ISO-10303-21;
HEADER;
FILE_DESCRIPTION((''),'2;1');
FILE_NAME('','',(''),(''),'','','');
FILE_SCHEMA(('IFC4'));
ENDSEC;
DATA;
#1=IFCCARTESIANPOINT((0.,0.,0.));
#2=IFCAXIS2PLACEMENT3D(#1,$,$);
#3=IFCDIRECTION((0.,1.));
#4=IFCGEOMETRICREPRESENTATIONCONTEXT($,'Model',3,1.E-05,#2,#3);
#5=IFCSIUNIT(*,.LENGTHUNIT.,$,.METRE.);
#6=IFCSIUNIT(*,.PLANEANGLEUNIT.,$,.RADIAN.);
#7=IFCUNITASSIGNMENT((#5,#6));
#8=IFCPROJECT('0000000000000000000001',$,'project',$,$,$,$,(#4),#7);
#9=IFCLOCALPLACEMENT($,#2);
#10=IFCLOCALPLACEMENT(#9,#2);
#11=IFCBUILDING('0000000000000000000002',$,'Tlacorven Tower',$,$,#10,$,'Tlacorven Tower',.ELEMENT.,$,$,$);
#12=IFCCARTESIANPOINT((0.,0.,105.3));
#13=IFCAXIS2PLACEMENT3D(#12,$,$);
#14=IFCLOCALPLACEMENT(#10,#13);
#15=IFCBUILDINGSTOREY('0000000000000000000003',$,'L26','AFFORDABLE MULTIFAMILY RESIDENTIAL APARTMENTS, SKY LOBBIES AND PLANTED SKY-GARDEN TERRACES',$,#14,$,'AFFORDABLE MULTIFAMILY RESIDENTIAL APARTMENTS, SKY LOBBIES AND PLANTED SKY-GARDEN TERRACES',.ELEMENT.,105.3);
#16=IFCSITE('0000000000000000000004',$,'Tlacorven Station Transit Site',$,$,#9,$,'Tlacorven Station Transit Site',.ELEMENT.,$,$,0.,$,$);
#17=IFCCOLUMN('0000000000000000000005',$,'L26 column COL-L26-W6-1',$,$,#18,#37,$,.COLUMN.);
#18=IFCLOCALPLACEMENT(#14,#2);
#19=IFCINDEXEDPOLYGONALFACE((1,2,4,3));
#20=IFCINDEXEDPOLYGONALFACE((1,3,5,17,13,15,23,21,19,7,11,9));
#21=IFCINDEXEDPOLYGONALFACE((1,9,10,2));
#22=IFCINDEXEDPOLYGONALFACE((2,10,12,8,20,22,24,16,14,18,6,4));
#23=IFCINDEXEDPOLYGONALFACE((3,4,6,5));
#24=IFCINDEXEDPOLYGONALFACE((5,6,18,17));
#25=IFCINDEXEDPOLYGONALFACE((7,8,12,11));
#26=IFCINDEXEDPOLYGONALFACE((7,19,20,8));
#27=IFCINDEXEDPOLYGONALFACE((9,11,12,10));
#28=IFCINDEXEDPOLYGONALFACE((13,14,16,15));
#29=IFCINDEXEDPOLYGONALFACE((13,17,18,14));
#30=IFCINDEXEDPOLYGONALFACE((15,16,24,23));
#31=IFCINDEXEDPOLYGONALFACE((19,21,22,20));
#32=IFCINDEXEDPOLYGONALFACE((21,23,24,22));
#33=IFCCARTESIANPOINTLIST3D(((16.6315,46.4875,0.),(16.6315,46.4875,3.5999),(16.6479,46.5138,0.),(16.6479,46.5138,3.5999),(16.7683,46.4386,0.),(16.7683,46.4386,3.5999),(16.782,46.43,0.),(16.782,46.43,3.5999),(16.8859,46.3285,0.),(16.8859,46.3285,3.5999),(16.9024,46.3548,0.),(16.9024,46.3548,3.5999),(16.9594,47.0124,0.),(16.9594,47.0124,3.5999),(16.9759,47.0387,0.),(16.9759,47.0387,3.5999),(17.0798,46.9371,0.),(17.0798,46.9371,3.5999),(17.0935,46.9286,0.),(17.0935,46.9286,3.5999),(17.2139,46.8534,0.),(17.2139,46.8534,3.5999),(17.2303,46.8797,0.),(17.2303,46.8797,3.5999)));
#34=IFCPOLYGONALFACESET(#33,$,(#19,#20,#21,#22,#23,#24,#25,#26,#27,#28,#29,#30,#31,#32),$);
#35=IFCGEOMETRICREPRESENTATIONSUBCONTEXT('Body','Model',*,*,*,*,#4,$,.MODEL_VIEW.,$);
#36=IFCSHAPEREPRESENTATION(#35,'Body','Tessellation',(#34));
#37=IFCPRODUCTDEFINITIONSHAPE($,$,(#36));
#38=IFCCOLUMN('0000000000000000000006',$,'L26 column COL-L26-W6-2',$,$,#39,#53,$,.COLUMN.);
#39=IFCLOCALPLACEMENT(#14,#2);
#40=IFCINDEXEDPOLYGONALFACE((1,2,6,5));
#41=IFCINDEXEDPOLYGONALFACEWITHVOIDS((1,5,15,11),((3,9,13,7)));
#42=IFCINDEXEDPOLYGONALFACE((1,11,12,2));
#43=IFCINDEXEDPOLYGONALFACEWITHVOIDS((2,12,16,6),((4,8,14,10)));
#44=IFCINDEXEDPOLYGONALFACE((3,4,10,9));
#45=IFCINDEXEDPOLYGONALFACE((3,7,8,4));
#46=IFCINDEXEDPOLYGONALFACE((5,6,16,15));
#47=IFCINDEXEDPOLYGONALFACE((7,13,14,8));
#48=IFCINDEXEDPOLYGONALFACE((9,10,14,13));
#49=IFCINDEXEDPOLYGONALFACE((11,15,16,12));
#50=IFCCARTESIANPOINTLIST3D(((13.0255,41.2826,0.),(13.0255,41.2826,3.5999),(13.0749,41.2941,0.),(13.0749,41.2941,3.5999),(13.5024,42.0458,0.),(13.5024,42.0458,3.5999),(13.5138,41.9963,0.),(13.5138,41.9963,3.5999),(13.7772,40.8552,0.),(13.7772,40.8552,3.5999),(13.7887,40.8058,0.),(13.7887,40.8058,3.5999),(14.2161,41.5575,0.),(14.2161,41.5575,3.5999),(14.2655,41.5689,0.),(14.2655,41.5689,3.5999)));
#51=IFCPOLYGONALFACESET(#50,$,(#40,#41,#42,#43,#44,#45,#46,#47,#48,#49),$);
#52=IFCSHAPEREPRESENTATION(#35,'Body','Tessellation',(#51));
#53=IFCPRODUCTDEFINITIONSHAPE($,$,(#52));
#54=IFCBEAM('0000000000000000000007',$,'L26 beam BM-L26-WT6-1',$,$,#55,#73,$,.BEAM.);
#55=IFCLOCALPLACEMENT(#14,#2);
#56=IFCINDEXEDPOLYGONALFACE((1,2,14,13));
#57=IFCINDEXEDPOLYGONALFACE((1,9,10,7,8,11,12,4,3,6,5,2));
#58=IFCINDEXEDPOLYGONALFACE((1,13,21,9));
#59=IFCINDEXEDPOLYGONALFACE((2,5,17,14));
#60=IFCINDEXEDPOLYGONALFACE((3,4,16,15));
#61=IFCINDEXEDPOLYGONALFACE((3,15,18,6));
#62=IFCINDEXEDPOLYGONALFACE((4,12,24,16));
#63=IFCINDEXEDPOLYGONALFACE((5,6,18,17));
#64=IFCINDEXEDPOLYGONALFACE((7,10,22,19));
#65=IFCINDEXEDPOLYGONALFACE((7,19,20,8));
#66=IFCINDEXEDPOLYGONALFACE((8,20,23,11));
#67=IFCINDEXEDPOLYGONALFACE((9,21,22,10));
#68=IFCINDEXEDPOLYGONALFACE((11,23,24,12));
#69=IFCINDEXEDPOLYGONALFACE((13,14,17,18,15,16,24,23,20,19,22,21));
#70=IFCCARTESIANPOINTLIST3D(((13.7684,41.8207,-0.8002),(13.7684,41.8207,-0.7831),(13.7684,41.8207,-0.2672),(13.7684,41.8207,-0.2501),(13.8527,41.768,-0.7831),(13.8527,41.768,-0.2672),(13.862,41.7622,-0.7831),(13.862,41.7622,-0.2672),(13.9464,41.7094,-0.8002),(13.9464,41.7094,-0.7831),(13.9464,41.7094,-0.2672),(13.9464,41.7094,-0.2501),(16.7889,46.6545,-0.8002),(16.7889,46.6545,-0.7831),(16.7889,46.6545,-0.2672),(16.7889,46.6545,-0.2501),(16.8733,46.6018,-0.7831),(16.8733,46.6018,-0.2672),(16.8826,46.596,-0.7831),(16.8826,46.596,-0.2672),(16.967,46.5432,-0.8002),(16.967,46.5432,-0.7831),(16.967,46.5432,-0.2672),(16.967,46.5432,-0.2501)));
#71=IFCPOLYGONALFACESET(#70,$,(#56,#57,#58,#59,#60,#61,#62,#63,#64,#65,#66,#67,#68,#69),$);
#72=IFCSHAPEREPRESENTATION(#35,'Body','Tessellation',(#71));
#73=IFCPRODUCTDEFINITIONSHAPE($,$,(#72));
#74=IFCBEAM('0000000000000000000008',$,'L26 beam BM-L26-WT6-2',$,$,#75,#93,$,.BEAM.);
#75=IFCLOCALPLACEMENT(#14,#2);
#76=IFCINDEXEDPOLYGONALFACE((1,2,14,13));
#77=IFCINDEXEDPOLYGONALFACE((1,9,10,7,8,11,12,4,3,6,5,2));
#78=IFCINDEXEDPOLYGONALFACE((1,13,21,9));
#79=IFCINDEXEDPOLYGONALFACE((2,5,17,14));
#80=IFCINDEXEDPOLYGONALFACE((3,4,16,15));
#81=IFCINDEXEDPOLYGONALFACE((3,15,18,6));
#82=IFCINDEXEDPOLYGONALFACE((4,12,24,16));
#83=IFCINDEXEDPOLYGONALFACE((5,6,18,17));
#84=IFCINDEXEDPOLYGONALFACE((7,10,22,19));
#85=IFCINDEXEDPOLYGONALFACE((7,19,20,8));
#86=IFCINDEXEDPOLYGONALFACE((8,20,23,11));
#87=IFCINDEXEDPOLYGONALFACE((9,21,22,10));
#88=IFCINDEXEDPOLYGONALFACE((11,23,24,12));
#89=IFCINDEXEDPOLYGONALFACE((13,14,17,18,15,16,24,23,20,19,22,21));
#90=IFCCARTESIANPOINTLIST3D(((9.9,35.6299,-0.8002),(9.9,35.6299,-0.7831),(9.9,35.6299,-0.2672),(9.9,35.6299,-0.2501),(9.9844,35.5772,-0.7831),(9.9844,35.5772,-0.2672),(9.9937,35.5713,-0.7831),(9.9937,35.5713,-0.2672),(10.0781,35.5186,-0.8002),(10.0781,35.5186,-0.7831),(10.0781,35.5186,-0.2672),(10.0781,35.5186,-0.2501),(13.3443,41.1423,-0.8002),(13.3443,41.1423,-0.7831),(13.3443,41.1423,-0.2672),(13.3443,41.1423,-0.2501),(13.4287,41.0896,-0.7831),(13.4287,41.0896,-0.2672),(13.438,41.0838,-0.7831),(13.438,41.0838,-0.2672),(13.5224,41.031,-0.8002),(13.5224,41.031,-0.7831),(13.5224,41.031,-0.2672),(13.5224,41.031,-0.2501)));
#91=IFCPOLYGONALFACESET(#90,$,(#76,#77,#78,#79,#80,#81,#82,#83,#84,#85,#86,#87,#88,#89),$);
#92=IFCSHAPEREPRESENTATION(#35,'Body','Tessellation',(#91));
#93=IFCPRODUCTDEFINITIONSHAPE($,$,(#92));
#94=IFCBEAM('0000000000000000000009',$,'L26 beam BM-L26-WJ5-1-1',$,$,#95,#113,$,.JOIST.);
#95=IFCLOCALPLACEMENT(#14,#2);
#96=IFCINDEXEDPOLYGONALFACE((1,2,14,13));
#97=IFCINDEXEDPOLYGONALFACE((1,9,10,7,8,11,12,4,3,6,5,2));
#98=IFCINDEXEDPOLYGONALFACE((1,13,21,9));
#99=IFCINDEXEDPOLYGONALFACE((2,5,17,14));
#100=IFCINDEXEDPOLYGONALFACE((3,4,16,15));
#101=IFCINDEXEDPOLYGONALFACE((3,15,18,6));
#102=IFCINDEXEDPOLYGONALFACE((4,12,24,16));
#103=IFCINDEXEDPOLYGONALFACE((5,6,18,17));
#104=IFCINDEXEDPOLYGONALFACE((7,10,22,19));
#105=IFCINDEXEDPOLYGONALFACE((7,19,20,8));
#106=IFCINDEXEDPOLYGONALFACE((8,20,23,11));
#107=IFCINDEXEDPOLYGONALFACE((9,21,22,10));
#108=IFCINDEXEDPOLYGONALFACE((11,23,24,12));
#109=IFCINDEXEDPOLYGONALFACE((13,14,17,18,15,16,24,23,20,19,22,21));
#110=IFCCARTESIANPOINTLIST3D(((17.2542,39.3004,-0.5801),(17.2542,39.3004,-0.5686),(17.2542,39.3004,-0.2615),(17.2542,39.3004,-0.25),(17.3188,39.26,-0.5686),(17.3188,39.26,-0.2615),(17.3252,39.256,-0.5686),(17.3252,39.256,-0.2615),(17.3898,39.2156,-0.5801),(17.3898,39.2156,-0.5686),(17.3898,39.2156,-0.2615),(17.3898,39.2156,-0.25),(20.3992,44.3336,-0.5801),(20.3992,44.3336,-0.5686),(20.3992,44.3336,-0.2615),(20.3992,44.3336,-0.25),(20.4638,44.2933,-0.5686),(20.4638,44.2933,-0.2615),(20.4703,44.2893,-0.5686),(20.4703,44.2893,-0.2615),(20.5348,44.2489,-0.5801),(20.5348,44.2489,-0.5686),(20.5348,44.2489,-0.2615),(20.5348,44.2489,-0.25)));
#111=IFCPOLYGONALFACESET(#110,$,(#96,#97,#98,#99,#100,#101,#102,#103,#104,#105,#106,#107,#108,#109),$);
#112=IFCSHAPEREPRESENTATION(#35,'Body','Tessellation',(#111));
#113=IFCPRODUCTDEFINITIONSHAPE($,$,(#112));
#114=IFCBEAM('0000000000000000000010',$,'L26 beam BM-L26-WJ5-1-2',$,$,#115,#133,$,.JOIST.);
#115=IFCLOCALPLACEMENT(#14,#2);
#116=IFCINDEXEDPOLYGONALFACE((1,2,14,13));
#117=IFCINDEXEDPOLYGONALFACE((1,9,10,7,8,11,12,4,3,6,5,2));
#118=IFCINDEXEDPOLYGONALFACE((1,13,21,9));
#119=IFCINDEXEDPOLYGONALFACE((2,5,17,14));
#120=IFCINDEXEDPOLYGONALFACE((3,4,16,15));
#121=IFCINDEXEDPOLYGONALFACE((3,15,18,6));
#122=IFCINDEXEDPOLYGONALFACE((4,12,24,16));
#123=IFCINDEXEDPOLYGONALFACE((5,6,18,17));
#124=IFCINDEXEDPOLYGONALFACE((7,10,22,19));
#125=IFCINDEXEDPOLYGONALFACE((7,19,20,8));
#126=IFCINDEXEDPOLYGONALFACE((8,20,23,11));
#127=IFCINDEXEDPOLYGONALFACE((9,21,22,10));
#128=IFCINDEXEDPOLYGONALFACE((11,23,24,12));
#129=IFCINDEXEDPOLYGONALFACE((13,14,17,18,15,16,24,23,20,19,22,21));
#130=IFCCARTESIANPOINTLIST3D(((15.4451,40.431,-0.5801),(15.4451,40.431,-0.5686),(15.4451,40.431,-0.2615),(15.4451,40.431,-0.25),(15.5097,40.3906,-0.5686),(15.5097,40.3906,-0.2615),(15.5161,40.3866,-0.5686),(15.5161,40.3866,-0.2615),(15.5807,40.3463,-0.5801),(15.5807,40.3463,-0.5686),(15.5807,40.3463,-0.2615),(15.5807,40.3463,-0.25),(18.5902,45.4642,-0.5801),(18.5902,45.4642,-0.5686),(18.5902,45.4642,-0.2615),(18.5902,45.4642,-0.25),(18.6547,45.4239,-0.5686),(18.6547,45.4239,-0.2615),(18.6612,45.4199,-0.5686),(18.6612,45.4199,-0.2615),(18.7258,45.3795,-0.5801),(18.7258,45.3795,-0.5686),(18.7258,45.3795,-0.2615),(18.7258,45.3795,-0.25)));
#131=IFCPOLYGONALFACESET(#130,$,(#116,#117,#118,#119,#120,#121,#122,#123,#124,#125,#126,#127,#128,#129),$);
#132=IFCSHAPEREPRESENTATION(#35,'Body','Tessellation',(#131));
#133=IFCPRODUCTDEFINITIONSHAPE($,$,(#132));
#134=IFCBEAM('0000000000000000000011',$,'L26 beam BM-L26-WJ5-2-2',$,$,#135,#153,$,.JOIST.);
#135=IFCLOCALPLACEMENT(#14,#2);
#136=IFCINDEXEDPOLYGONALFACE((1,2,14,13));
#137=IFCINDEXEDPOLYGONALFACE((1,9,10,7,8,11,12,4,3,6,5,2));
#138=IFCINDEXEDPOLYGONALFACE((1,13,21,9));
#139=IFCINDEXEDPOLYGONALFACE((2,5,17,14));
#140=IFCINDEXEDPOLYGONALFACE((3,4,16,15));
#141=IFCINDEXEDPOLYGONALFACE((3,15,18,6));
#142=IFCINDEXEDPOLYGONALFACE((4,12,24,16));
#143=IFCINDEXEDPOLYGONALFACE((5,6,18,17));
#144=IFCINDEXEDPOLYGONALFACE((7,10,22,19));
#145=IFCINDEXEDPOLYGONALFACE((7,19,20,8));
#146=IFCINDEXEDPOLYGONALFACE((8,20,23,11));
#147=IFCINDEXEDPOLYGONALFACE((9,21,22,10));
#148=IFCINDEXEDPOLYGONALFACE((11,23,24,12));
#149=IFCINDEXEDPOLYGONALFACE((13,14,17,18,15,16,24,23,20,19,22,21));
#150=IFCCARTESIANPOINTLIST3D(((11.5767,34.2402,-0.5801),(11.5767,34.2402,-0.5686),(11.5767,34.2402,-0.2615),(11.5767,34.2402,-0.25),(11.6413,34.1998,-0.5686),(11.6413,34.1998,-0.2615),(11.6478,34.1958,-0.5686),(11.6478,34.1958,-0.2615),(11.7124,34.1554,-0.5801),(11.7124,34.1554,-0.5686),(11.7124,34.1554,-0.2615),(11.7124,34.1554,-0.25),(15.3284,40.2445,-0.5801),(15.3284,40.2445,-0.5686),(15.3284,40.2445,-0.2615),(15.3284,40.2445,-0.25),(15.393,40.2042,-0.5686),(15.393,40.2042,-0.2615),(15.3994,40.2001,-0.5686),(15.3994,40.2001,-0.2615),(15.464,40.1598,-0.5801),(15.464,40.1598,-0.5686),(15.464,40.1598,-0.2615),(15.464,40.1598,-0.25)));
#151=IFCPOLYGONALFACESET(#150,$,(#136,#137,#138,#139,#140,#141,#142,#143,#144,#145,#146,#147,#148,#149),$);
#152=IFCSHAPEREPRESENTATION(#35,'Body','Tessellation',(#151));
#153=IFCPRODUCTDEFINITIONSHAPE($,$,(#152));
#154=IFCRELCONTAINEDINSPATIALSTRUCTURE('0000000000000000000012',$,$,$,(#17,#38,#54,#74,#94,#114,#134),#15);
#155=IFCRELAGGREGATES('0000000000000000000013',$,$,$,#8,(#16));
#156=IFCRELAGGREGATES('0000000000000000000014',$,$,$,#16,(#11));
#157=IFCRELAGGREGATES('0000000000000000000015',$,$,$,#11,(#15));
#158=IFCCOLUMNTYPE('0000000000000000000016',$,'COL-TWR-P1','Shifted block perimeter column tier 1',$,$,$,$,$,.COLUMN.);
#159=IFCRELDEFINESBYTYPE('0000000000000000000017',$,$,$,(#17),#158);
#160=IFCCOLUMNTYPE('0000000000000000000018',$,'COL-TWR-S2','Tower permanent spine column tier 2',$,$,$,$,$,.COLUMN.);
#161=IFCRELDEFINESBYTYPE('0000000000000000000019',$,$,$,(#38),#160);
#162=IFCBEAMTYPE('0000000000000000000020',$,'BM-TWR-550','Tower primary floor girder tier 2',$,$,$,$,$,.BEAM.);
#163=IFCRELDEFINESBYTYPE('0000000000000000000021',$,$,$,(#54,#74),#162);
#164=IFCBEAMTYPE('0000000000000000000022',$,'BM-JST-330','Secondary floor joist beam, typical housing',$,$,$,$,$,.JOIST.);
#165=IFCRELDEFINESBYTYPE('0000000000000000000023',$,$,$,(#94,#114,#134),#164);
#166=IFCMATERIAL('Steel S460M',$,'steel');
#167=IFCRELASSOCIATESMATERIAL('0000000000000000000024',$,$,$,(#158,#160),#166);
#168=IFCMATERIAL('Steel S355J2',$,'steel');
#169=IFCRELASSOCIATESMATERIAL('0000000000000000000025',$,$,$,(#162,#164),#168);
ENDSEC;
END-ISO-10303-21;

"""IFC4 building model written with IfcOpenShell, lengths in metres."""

from ifc_helpers import new_model, si_unit, direction, frame, origin, origin_2d, place, context, subcontext, project, spatial, hollow_rectangle, i_section, extrude, source, transform, mapped, material, material_profile, profile_set, type_object, element, save


model = new_model("IFC4")

# Units and contexts
model_context = context("Model", 3, precision=1e-05, world=origin(), true_north=direction((0.0, 1.0)))
body_context = subcontext(model_context, "Body", "Model", "MODEL_VIEW")
ifc_project = project(units=[si_unit("LENGTHUNIT", "METRE"), si_unit("PLANEANGLEUNIT", "RADIAN")], contexts=[model_context])

# Site, building, storey
site_placement = place(None, origin())
site = spatial("IfcSite", under=ifc_project, at=site_placement, Name="Tlacorven Station Transit Site", LongName="Tlacorven Station Transit Site", CompositionType="ELEMENT", RefElevation=0.0)
building_placement = place(site_placement, origin())
building = spatial("IfcBuilding", under=site, at=building_placement, Name="Tlacorven Tower", LongName="Tlacorven Tower", CompositionType="ELEMENT")
storey_placement = place(building_placement, frame((0.0, 0.0, 105.3)))
storey = spatial("IfcBuildingStorey", under=building, at=storey_placement, Name="L26", Description="AFFORDABLE MULTIFAMILY RESIDENTIAL APARTMENTS, SKY LOBBIES AND PLANTED SKY-GARDEN TERRACES", LongName="AFFORDABLE MULTIFAMILY RESIDENTIAL APARTMENTS, SKY LOBBIES AND PLANTED SKY-GARDEN TERRACES", CompositionType="ELEMENT", Elevation=105.3)

# Columns
ifc_material_1 = material(Name="Steel S460M", Category="steel")
ifc_material_profile_1 = material_profile(ifc_material_1, i_section(OverallWidth=0.3, OverallDepth=0.6499, WebThickness=0.0161, FlangeThickness=0.031, at=origin_2d()), Name="HEB 650")
ifc_profile_set_1 = profile_set([ifc_material_profile_1], Name="Steel S460M")
column_type_1 = type_object("IfcColumnType", Name="COL-TWR-P1", Description="Shifted block perimeter column tier 1", PredefinedType="COLUMN", material=ifc_profile_set_1)
shared_shape_1 = source(origin(), body_context, "Body", "SweptSolid", [
    extrude(i_section(OverallWidth=0.3, OverallDepth=0.6499, WebThickness=0.0161, FlangeThickness=0.031, at=origin_2d()), origin(), (0.0, 0.0, 1.0), 3.5999),
])
column_1_placement = place(storey_placement, frame((16.9309, 46.6836, 0.0), z_axis=(0.0, 0.0, 1.0), x_axis=(-0.848048, 0.529919, 0.0)))
element("IfcColumn", 1, at=column_1_placement, inside=storey, type_object=column_type_1, Name="L26 column COL-L26-W6-1", PredefinedType="COLUMN", context=body_context, shape_type="MappedRepresentation", body=[
    mapped(shared_shape_1, transform((0.0, 0.0, 0.0), scale=1.0)),
])
ifc_material_profile_2 = material_profile(ifc_material_1, hollow_rectangle(XDim=0.8999, YDim=0.8999, WallThickness=0.0359, at=origin_2d()), Name="BOX 900X900X36")
ifc_profile_set_2 = profile_set([ifc_material_profile_2], Name="Steel S460M")
column_type_2 = type_object("IfcColumnType", Name="COL-TWR-S2", Description="Tower permanent spine column tier 2", PredefinedType="COLUMN", material=ifc_profile_set_2)
shared_shape_2 = source(origin(), body_context, "Body", "SweptSolid", [
    extrude(hollow_rectangle(XDim=0.8999, YDim=0.8999, WallThickness=0.0359, at=origin_2d()), origin(), (0.0, 0.0, 1.0), 3.5999),
])
column_2_placement = place(storey_placement, frame((13.6455, 41.4258, 0.0), z_axis=(0.0, 0.0, 1.0), x_axis=(-0.848048, 0.529919, 0.0)))
element("IfcColumn", 2, at=column_2_placement, inside=storey, type_object=column_type_2, Name="L26 column COL-L26-W6-2", PredefinedType="COLUMN", context=body_context, shape_type="MappedRepresentation", body=[
    mapped(shared_shape_2, transform((0.0, 0.0, 0.0), scale=1.0)),
])

# Beams
ifc_material_2 = material(Name="Steel S355J2", Category="steel")
ifc_material_profile_3 = material_profile(ifc_material_2, i_section(OverallWidth=0.21, OverallDepth=0.55, WebThickness=0.011, FlangeThickness=0.0171, at=origin_2d()), Name="IPE 550")
ifc_profile_set_3 = profile_set([ifc_material_profile_3], Name="Steel S355J2")
beam_type_1 = type_object("IfcBeamType", Name="BM-TWR-550", Description="Tower primary floor girder tier 2", PredefinedType="BEAM", material=ifc_profile_set_3)
shared_shape_3 = source(origin(), body_context, "Body", "SweptSolid", [
    extrude(i_section(OverallWidth=0.21, OverallDepth=0.55, WebThickness=0.011, FlangeThickness=0.0171, at=origin_2d()), origin(), (0.0, 0.0, 1.0), 5.7),
])
beam_1_placement = place(storey_placement, frame((16.8779, 46.5989, -0.5251), z_axis=(-0.529926, -0.848044, 0.0), x_axis=(0.848044, -0.529926, 0.0)))
element("IfcBeam", 3, at=beam_1_placement, inside=storey, type_object=beam_type_1, Name="L26 beam BM-L26-WT6-1", PredefinedType="BEAM", context=body_context, shape_type="MappedRepresentation", body=[
    mapped(shared_shape_3, transform((0.0, 0.0, 0.0), scale=1.0)),
])
shared_shape_4 = source(origin(), body_context, "Body", "SweptSolid", [
    extrude(i_section(OverallWidth=0.21, OverallDepth=0.55, WebThickness=0.011, FlangeThickness=0.0171, at=origin_2d()), origin(), (0.0, 0.0, 1.0), 6.5),
])
beam_2_placement = place(storey_placement, frame((13.4333, 41.0867, -0.5251), z_axis=(-0.529894, -0.848064, 0.0), x_axis=(0.848064, -0.529894, 0.0)))
element("IfcBeam", 4, at=beam_2_placement, inside=storey, type_object=beam_type_1, Name="L26 beam BM-L26-WT6-2", PredefinedType="BEAM", context=body_context, shape_type="MappedRepresentation", body=[
    mapped(shared_shape_4, transform((0.0, 0.0, 0.0), scale=1.0)),
])
ifc_material_profile_4 = material_profile(ifc_material_2, i_section(OverallWidth=0.1599, OverallDepth=0.3301, WebThickness=0.0076, FlangeThickness=0.0115, at=origin_2d()), Name="IPE 330")
ifc_profile_set_4 = profile_set([ifc_material_profile_4], Name="Steel S355J2")
beam_type_2 = type_object("IfcBeamType", Name="BM-JST-330", Description="Secondary floor joist beam, typical housing", PredefinedType="JOIST", material=ifc_profile_set_4)
shared_shape_5 = source(origin(), body_context, "Body", "SweptSolid", [
    extrude(i_section(OverallWidth=0.1599, OverallDepth=0.3301, WebThickness=0.0076, FlangeThickness=0.0115, at=origin_2d()), origin(), (0.0, 0.0, 1.0), 5.9351),
])
for number, where, z_axis, x_axis, name in (
    (5, (20.467, 44.2913, -0.415), (-0.52991, -0.848054, 0.0), (0.848054, -0.52991, 0.0), "L26 beam BM-L26-WJ5-1-1"),
    (6, (18.658, 45.4219, -0.415), (-0.52991, -0.848054, 0.0), (0.848054, -0.52991, 0.0), "L26 beam BM-L26-WJ5-1-2"),
):
    element("IfcBeam", number, at=place(storey_placement, frame(where, z_axis=z_axis, x_axis=x_axis)), inside=storey, type_object=beam_type_2, Name=name, PredefinedType="JOIST", context=body_context, shape_type="MappedRepresentation", body=[
        mapped(shared_shape_5, transform((0.0, 0.0, 0.0), scale=1.0)),
    ])
shared_shape_6 = source(origin(), body_context, "Body", "SweptSolid", [
    extrude(i_section(OverallWidth=0.1599, OverallDepth=0.3301, WebThickness=0.0076, FlangeThickness=0.0115, at=origin_2d()), origin(), (0.0, 0.0, 1.0), 7.0801),
])
beam_3_placement = place(storey_placement, frame((15.3962, 40.2021, -0.415), z_axis=(-0.529894, -0.848064, 0.0), x_axis=(0.848064, -0.529894, 0.0)))
element("IfcBeam", 7, at=beam_3_placement, inside=storey, type_object=beam_type_2, Name="L26 beam BM-L26-WJ5-2-2", PredefinedType="JOIST", context=body_context, shape_type="MappedRepresentation", body=[
    mapped(shared_shape_6, transform((0.0, 0.0, 0.0), scale=1.0)),
])

save(model, "model.ifc")
